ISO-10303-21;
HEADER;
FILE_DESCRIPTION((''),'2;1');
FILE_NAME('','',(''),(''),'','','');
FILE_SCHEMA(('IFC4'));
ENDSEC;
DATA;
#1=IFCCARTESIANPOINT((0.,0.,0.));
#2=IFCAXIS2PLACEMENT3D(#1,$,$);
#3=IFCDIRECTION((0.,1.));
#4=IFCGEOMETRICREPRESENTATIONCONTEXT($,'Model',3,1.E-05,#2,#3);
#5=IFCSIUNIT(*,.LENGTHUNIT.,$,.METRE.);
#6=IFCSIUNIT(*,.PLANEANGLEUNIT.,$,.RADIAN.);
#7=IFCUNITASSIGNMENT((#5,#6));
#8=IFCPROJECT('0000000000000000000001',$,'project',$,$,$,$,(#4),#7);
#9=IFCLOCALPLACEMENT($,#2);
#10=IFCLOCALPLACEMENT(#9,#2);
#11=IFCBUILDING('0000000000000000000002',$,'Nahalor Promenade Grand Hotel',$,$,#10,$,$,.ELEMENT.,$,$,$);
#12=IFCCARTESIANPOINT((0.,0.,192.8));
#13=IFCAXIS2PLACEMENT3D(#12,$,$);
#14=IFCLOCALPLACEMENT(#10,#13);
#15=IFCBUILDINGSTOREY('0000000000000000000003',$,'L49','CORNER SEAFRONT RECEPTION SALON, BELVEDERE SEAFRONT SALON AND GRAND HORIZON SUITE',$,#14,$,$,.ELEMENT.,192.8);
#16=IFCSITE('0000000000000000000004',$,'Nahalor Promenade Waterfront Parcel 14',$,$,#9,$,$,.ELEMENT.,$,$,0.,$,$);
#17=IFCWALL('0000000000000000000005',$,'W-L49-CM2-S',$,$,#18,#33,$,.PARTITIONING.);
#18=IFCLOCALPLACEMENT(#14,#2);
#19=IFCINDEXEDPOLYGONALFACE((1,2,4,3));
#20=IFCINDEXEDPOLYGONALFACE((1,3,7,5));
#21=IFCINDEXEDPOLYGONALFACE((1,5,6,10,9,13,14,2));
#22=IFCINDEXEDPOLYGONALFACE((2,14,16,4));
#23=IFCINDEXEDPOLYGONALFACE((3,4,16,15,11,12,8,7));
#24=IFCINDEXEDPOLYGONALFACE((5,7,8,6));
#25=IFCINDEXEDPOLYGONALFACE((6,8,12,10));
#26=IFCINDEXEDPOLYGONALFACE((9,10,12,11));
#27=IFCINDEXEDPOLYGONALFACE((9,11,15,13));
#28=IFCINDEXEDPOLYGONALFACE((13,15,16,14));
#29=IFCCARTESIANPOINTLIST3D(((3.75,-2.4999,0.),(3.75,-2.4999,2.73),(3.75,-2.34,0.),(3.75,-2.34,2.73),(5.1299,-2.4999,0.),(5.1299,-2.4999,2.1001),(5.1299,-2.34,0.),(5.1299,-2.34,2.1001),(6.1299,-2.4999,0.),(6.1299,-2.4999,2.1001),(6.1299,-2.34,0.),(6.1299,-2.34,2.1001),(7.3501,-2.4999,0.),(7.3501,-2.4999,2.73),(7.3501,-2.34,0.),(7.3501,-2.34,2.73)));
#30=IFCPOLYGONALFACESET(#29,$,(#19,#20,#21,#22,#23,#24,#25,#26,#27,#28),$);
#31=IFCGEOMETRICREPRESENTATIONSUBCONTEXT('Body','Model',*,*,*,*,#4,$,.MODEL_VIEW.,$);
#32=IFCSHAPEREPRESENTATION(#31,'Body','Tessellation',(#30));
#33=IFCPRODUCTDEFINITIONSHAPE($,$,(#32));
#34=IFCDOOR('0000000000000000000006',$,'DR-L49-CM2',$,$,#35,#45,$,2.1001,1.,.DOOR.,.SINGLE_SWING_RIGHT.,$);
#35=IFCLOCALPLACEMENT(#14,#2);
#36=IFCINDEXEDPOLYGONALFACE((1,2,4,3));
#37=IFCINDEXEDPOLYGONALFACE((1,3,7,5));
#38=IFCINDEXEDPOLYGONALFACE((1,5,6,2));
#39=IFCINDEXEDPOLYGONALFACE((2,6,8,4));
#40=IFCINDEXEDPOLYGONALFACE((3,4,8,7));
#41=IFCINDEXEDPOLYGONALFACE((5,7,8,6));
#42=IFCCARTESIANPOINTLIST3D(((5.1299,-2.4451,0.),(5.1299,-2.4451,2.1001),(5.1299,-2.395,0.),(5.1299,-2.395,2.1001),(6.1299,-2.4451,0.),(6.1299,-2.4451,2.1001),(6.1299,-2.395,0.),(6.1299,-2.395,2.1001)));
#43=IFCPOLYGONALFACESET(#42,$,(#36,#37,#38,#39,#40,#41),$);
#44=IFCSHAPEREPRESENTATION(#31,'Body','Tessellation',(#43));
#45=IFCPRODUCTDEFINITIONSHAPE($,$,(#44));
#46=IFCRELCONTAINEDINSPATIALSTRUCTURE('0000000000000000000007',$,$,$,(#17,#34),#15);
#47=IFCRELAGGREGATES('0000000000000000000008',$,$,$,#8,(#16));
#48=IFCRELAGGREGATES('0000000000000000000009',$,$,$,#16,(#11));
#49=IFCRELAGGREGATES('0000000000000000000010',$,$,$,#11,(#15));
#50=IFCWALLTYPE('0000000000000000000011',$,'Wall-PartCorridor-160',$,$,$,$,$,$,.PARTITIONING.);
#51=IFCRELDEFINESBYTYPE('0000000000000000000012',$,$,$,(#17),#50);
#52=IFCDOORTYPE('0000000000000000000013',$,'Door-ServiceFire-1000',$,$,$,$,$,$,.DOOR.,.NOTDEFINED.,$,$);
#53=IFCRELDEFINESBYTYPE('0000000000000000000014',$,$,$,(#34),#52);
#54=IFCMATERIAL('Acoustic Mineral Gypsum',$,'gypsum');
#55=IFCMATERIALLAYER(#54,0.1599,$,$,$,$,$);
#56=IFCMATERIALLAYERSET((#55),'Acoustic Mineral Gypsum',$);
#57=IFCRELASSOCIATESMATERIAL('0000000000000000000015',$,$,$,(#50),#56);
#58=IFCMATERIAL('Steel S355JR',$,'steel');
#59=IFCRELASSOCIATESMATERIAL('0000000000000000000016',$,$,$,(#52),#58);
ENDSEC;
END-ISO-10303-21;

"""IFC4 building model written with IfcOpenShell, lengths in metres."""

from ifc_helpers import new_model, si_unit, direction, frame, frame_2d, origin, place, context, subcontext, project, spatial, rectangle, extrude, source, transform, mapped, material, layer, layer_set, type_object, element, fill, save


model = new_model("IFC4")

# Units and contexts
model_context = context("Model", 3, precision=1e-05, world=origin(), true_north=direction((0.0, 1.0)))
body_context = subcontext(model_context, "Body", "Model", "MODEL_VIEW")
ifc_project = project(units=[si_unit("LENGTHUNIT", "METRE"), si_unit("PLANEANGLEUNIT", "RADIAN")], contexts=[model_context])

# Site, building, storey
site_placement = place(None, origin())
site = spatial("IfcSite", under=ifc_project, at=site_placement, Name="Nahalor Promenade Waterfront Parcel 14", CompositionType="ELEMENT", RefElevation=0.0)
building_placement = place(site_placement, origin())
building = spatial("IfcBuilding", under=site, at=building_placement, Name="Nahalor Promenade Grand Hotel", CompositionType="ELEMENT")
storey_placement = place(building_placement, frame((0.0, 0.0, 192.8)))
storey = spatial("IfcBuildingStorey", under=building, at=storey_placement, Name="L49", Description="CORNER SEAFRONT RECEPTION SALON, BELVEDERE SEAFRONT SALON AND GRAND HORIZON SUITE", CompositionType="ELEMENT", Elevation=192.8)

# Shared definitions
ifc_material_1 = material(Name="Steel S355JR", Category="steel")

# Shared definitions
ifc_material_2 = material(Name="Acoustic Mineral Gypsum", Category="gypsum")
ifc_layer_1 = layer(ifc_material_2, 0.1599)
ifc_layer_set_1 = layer_set([ifc_layer_1], Name="Acoustic Mineral Gypsum")
wall_type_1 = type_object("IfcWallType", Name="Wall-PartCorridor-160", PredefinedType="PARTITIONING", material=ifc_layer_set_1)

# Wall, opening, door
door_type_1 = type_object("IfcDoorType", Name="Door-ServiceFire-1000", OperationType="NOTDEFINED", PredefinedType="DOOR", material=ifc_material_1)
shared_shape_1 = source(origin(), body_context, "Body", "SweptSolid", [
    extrude(rectangle(XDim=1.0, YDim=2.1001, at=frame_2d((0.5, 1.05))), frame((0.0, 0.0249, 0.0), z_axis=(0.0, -1.0, 0.0), x_axis=(1.0, 0.0, 0.0)), (0.0, 0.0, 1.0), 0.05),
])
shared_shape_2 = source(origin(), body_context, "Body", "SweptSolid", [
    extrude(rectangle(XDim=3.6001, YDim=0.1599, at=frame_2d((1.8, 0.0))), origin(), (0.0, 0.0, 1.0), 2.73),
])
wall_1_placement = place(storey_placement, frame((3.75, -2.4199, 0.0), z_axis=(0.0, 0.0, 1.0), x_axis=(1.0, 0.0, 0.0)))
wall_1 = element("IfcWall", 1, at=wall_1_placement, inside=storey, type_object=wall_type_1, Name="W-L49-CM2-S", PredefinedType="PARTITIONING", context=body_context, shape_type="MappedRepresentation", body=[
    mapped(shared_shape_2, transform((0.0, 0.0, 0.0), scale=1.0)),
])
opening_1_placement = place(wall_1_placement, frame((1.3799, 0.0, 0.0)))
opening_1 = element("IfcOpeningElement", 2, at=opening_1_placement, cuts=wall_1, PredefinedType="OPENING", context=body_context, shape_type="SweptSolid", body=[
    extrude(rectangle(XDim=1.0, YDim=2.1001, at=frame_2d((0.5, 1.05))), frame((0.0, 0.0898, 0.0), z_axis=(0.0, -1.0, 0.0), x_axis=(1.0, 0.0, 0.0)), (0.0, 0.0, 1.0), 0.1799),
])
door_1_placement = place(opening_1_placement, origin())
door_1 = element("IfcDoor", 3, at=door_1_placement, inside=storey, type_object=door_type_1, Name="DR-L49-CM2", OperationType="SINGLE_SWING_RIGHT", OverallHeight=2.1001, OverallWidth=1.0, PredefinedType="DOOR", context=body_context, shape_type="MappedRepresentation", body=[
    mapped(shared_shape_1, transform((0.0, 0.0, 0.0), scale=1.0)),
])
fill(opening_1, door_1)

save(model, "model.ifc")
